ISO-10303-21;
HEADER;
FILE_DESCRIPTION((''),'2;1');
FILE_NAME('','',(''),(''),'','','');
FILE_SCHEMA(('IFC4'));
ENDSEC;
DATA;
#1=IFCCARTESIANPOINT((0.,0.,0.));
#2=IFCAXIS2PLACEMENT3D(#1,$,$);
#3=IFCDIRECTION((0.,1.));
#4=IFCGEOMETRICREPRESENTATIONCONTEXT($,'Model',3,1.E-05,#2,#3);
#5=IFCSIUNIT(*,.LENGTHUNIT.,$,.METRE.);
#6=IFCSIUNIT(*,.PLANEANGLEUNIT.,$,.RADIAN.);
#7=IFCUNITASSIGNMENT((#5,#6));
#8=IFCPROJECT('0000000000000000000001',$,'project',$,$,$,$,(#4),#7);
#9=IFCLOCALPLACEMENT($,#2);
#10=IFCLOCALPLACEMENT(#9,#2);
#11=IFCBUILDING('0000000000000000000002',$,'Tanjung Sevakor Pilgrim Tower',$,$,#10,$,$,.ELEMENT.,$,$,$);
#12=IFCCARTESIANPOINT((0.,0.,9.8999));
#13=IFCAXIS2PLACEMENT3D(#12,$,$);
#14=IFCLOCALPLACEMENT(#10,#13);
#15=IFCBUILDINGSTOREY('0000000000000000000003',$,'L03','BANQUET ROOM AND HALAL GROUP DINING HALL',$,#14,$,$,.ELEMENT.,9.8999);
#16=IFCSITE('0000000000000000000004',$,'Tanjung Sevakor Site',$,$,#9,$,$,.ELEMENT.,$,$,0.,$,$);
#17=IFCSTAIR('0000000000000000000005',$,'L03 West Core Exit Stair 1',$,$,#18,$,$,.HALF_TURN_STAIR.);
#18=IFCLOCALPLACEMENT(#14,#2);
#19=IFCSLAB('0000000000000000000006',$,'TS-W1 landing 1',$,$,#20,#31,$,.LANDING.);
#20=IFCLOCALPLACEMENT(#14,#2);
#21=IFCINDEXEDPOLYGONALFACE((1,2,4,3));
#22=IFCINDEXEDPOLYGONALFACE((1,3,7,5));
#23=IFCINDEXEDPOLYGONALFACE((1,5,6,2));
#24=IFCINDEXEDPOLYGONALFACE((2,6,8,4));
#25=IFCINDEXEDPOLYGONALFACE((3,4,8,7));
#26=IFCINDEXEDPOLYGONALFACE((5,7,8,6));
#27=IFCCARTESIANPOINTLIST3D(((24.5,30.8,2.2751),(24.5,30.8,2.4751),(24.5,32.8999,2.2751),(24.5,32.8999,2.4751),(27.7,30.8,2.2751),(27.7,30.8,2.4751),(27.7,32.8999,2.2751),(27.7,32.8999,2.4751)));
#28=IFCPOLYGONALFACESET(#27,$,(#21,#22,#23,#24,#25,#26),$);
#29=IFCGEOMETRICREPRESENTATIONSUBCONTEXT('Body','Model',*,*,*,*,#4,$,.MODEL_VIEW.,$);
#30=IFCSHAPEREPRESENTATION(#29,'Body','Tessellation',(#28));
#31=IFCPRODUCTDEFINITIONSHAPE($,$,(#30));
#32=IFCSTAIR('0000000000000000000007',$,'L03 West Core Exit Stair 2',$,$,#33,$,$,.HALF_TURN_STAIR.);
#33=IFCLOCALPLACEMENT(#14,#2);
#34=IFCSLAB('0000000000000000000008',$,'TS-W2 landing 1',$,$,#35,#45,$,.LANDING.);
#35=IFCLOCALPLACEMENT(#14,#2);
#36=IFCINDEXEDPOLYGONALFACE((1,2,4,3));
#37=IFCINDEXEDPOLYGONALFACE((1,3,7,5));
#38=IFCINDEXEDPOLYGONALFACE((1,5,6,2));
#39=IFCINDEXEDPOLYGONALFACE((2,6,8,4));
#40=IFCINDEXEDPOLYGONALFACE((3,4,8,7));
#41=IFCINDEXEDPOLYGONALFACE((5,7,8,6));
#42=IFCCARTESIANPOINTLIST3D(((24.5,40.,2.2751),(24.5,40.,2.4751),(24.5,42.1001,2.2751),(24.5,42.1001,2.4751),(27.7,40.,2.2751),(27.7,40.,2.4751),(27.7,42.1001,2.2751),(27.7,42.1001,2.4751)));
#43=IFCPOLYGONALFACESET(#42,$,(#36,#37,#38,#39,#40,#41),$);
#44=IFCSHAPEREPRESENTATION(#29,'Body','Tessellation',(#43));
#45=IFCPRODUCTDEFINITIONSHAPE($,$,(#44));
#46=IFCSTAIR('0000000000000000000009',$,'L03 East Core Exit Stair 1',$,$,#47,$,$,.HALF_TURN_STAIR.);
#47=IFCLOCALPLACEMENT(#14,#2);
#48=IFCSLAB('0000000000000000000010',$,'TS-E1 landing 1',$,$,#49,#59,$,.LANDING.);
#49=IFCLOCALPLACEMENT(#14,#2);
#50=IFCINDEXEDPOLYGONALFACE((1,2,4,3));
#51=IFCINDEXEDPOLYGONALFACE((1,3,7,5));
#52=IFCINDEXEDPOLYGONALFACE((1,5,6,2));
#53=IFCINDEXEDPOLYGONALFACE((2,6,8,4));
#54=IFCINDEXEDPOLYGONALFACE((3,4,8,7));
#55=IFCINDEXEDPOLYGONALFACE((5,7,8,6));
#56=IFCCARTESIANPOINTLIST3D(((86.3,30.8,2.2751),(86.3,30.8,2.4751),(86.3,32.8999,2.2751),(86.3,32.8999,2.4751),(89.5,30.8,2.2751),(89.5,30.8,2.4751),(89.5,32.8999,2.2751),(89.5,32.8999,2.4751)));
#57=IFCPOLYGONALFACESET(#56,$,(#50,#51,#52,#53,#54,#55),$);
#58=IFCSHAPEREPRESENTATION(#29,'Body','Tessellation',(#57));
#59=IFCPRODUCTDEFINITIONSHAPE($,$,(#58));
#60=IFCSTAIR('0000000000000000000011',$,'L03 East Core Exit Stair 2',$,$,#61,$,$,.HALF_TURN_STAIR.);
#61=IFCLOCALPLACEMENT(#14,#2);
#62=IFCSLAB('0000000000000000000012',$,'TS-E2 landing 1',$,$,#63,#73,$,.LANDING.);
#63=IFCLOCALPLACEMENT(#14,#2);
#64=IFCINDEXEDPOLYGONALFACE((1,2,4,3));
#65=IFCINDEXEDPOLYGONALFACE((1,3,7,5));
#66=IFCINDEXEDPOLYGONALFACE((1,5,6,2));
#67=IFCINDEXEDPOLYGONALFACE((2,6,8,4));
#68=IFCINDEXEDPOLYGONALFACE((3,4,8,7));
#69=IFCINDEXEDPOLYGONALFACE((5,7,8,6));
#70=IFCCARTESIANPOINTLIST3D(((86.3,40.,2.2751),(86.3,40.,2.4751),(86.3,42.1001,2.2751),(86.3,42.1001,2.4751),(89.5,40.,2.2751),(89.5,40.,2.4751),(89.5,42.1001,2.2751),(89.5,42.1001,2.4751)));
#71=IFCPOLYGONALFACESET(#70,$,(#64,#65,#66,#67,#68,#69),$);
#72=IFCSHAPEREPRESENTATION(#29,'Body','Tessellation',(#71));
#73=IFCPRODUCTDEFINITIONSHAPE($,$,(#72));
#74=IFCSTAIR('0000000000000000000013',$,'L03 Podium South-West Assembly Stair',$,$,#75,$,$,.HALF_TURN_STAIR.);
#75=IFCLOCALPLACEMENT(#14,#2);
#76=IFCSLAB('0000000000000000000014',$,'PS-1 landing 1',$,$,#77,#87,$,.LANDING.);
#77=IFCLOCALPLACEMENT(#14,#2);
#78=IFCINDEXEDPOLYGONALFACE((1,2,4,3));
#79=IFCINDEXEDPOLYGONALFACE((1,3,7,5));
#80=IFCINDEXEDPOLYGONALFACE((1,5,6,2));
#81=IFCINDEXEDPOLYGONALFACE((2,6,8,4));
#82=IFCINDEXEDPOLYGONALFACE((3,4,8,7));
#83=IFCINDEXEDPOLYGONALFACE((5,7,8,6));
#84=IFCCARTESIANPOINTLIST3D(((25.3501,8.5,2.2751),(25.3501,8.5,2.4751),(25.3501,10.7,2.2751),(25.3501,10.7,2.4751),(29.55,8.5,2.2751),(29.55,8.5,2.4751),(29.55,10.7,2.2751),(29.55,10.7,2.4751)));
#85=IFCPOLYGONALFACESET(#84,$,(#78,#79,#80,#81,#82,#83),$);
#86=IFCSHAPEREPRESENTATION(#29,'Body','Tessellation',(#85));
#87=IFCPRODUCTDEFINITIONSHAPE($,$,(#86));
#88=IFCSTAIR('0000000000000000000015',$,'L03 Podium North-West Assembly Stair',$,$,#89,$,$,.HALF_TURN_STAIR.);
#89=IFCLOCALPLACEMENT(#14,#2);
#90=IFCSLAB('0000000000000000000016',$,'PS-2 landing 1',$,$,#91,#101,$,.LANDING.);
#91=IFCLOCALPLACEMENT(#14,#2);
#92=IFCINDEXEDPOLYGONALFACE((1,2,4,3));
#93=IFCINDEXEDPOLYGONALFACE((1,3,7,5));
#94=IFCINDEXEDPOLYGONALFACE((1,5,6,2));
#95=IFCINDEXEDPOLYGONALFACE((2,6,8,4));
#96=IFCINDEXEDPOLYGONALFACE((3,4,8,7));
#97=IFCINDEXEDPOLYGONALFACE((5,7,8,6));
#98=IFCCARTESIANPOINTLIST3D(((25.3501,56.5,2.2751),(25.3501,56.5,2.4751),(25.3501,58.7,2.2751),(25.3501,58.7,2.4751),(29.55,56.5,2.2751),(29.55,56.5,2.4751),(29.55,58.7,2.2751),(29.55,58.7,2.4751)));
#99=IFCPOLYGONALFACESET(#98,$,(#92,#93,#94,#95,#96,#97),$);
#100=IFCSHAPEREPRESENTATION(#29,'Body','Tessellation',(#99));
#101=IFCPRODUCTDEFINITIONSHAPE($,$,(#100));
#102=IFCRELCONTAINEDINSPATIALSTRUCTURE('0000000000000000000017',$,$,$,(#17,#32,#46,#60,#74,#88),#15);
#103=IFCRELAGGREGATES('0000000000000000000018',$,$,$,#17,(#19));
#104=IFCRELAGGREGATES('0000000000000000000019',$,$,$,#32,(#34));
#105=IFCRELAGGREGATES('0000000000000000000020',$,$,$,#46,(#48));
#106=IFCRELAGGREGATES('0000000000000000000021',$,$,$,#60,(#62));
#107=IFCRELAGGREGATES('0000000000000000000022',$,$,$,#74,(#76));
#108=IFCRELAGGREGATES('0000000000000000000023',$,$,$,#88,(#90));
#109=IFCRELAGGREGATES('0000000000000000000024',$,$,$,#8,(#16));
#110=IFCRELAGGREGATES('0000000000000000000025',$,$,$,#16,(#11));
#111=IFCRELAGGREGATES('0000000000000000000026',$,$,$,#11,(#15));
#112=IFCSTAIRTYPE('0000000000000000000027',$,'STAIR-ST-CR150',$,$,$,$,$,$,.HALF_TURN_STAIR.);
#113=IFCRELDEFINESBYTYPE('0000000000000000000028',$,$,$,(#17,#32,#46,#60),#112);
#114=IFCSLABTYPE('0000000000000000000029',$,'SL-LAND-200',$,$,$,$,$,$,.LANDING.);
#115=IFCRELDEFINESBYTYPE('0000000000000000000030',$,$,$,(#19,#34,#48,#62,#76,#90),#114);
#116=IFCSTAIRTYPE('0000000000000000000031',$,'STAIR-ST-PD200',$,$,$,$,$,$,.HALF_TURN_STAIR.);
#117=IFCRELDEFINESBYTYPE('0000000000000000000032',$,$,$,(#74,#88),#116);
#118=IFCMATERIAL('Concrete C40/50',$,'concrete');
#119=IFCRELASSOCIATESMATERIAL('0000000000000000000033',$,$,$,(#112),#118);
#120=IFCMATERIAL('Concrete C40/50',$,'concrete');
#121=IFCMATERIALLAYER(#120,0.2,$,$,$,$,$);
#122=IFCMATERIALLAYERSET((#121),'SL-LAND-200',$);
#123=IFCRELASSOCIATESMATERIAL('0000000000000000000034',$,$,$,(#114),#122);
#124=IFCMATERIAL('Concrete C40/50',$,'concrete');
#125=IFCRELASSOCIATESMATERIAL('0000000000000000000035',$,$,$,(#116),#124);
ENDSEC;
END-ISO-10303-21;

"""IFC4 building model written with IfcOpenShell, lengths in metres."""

from ifc_helpers import new_model, si_unit, direction, frame, origin, place, context, subcontext, project, spatial, polyline, outline, extrude, material, layer, layer_set, type_object, element, aggregate, save


model = new_model("IFC4")

# Units and contexts
model_context = context("Model", 3, precision=1e-05, world=origin(), true_north=direction((0.0, 1.0)))
body_context = subcontext(model_context, "Body", "Model", "MODEL_VIEW")
ifc_project = project(units=[si_unit("LENGTHUNIT", "METRE"), si_unit("PLANEANGLEUNIT", "RADIAN")], contexts=[model_context])

# Site, building, storey
site_placement = place(None, origin())
site = spatial("IfcSite", under=ifc_project, at=site_placement, Name="Tanjung Sevakor Site", CompositionType="ELEMENT", RefElevation=0.0)
building_placement = place(site_placement, origin())
building = spatial("IfcBuilding", under=site, at=building_placement, Name="Tanjung Sevakor Pilgrim Tower", CompositionType="ELEMENT")
storey_placement = place(building_placement, frame((0.0, 0.0, 9.8999)))
storey = spatial("IfcBuildingStorey", under=building, at=storey_placement, Name="L03", Description="BANQUET ROOM AND HALAL GROUP DINING HALL", CompositionType="ELEMENT", Elevation=9.8999)

# Stairs, slabs
ifc_material_1 = material(Name="Concrete C40/50", Category="concrete")
stair_type_1 = type_object("IfcStairType", Name="STAIR-ST-CR150", PredefinedType="HALF_TURN_STAIR", material=ifc_material_1)
stair_1_placement = place(storey_placement, origin())
stair_1 = element("IfcStair", 1, at=stair_1_placement, inside=storey, type_object=stair_type_1, Name="L03 West Core Exit Stair 1", PredefinedType="HALF_TURN_STAIR")
ifc_material_2 = material(Name="Concrete C40/50", Category="concrete")
ifc_layer_1 = layer(ifc_material_2, 0.2)
ifc_layer_set_1 = layer_set([ifc_layer_1], Name="SL-LAND-200")
slab_type_1 = type_object("IfcSlabType", Name="SL-LAND-200", PredefinedType="LANDING", material=ifc_layer_set_1)
slab_1_placement = place(storey_placement, frame((0.0, 0.0, 2.2751)))
slab_1 = element("IfcSlab", 2, at=slab_1_placement, type_object=slab_type_1, Name="TS-W1 landing 1", PredefinedType="LANDING", context=body_context, shape_type="SweptSolid", body=[
    extrude(outline(polyline([(27.7, 30.8), (27.7, 32.8999), (24.5, 32.8999), (24.5, 30.8), (27.7, 30.8)])), origin(), (0.0, 0.0, 1.0), 0.2),
])
aggregate(stair_1, [slab_1])
stair_2_placement = place(storey_placement, origin())
stair_2 = element("IfcStair", 3, at=stair_2_placement, inside=storey, type_object=stair_type_1, Name="L03 West Core Exit Stair 2", PredefinedType="HALF_TURN_STAIR")
slab_2_placement = place(storey_placement, frame((0.0, 0.0, 2.2751)))
slab_2 = element("IfcSlab", 4, at=slab_2_placement, type_object=slab_type_1, Name="TS-W2 landing 1", PredefinedType="LANDING", context=body_context, shape_type="SweptSolid", body=[
    extrude(outline(polyline([(27.7, 40.0), (27.7, 42.1001), (24.5, 42.1001), (24.5, 40.0), (27.7, 40.0)])), origin(), (0.0, 0.0, 1.0), 0.2),
])
aggregate(stair_2, [slab_2])
stair_3_placement = place(storey_placement, origin())
stair_3 = element("IfcStair", 5, at=stair_3_placement, inside=storey, type_object=stair_type_1, Name="L03 East Core Exit Stair 1", PredefinedType="HALF_TURN_STAIR")
slab_3_placement = place(storey_placement, frame((0.0, 0.0, 2.2751)))
slab_3 = element("IfcSlab", 6, at=slab_3_placement, type_object=slab_type_1, Name="TS-E1 landing 1", PredefinedType="LANDING", context=body_context, shape_type="SweptSolid", body=[
    extrude(outline(polyline([(89.5, 30.8), (89.5, 32.8999), (86.3, 32.8999), (86.3, 30.8), (89.5, 30.8)])), origin(), (0.0, 0.0, 1.0), 0.2),
])
aggregate(stair_3, [slab_3])
stair_4_placement = place(storey_placement, origin())
stair_4 = element("IfcStair", 7, at=stair_4_placement, inside=storey, type_object=stair_type_1, Name="L03 East Core Exit Stair 2", PredefinedType="HALF_TURN_STAIR")
slab_4_placement = place(storey_placement, frame((0.0, 0.0, 2.2751)))
slab_4 = element("IfcSlab", 8, at=slab_4_placement, type_object=slab_type_1, Name="TS-E2 landing 1", PredefinedType="LANDING", context=body_context, shape_type="SweptSolid", body=[
    extrude(outline(polyline([(89.5, 40.0), (89.5, 42.1001), (86.3, 42.1001), (86.3, 40.0), (89.5, 40.0)])), origin(), (0.0, 0.0, 1.0), 0.2),
])
aggregate(stair_4, [slab_4])
ifc_material_3 = material(Name="Concrete C40/50", Category="concrete")
stair_type_2 = type_object("IfcStairType", Name="STAIR-ST-PD200", PredefinedType="HALF_TURN_STAIR", material=ifc_material_3)
stair_5_placement = place(storey_placement, origin())
stair_5 = element("IfcStair", 9, at=stair_5_placement, inside=storey, type_object=stair_type_2, Name="L03 Podium South-West Assembly Stair", PredefinedType="HALF_TURN_STAIR")
slab_5_placement = place(storey_placement, frame((0.0, 0.0, 2.2751)))
slab_5 = element("IfcSlab", 10, at=slab_5_placement, type_object=slab_type_1, Name="PS-1 landing 1", PredefinedType="LANDING", context=body_context, shape_type="SweptSolid", body=[
    extrude(outline(polyline([(25.3501, 10.7), (25.3501, 8.5), (29.55, 8.5), (29.55, 10.7), (25.3501, 10.7)])), origin(), (0.0, 0.0, 1.0), 0.2),
])
aggregate(stair_5, [slab_5])
stair_6_placement = place(storey_placement, origin())
stair_6 = element("IfcStair", 11, at=stair_6_placement, inside=storey, type_object=stair_type_2, Name="L03 Podium North-West Assembly Stair", PredefinedType="HALF_TURN_STAIR")
slab_6_placement = place(storey_placement, frame((0.0, 0.0, 2.2751)))
slab_6 = element("IfcSlab", 12, at=slab_6_placement, type_object=slab_type_1, Name="PS-2 landing 1", PredefinedType="LANDING", context=body_context, shape_type="SweptSolid", body=[
    extrude(outline(polyline([(29.55, 56.5), (29.55, 58.7), (25.3501, 58.7), (25.3501, 56.5), (29.55, 56.5)])), origin(), (0.0, 0.0, 1.0), 0.2),
])
aggregate(stair_6, [slab_6])

save(model, "model.ifc")
